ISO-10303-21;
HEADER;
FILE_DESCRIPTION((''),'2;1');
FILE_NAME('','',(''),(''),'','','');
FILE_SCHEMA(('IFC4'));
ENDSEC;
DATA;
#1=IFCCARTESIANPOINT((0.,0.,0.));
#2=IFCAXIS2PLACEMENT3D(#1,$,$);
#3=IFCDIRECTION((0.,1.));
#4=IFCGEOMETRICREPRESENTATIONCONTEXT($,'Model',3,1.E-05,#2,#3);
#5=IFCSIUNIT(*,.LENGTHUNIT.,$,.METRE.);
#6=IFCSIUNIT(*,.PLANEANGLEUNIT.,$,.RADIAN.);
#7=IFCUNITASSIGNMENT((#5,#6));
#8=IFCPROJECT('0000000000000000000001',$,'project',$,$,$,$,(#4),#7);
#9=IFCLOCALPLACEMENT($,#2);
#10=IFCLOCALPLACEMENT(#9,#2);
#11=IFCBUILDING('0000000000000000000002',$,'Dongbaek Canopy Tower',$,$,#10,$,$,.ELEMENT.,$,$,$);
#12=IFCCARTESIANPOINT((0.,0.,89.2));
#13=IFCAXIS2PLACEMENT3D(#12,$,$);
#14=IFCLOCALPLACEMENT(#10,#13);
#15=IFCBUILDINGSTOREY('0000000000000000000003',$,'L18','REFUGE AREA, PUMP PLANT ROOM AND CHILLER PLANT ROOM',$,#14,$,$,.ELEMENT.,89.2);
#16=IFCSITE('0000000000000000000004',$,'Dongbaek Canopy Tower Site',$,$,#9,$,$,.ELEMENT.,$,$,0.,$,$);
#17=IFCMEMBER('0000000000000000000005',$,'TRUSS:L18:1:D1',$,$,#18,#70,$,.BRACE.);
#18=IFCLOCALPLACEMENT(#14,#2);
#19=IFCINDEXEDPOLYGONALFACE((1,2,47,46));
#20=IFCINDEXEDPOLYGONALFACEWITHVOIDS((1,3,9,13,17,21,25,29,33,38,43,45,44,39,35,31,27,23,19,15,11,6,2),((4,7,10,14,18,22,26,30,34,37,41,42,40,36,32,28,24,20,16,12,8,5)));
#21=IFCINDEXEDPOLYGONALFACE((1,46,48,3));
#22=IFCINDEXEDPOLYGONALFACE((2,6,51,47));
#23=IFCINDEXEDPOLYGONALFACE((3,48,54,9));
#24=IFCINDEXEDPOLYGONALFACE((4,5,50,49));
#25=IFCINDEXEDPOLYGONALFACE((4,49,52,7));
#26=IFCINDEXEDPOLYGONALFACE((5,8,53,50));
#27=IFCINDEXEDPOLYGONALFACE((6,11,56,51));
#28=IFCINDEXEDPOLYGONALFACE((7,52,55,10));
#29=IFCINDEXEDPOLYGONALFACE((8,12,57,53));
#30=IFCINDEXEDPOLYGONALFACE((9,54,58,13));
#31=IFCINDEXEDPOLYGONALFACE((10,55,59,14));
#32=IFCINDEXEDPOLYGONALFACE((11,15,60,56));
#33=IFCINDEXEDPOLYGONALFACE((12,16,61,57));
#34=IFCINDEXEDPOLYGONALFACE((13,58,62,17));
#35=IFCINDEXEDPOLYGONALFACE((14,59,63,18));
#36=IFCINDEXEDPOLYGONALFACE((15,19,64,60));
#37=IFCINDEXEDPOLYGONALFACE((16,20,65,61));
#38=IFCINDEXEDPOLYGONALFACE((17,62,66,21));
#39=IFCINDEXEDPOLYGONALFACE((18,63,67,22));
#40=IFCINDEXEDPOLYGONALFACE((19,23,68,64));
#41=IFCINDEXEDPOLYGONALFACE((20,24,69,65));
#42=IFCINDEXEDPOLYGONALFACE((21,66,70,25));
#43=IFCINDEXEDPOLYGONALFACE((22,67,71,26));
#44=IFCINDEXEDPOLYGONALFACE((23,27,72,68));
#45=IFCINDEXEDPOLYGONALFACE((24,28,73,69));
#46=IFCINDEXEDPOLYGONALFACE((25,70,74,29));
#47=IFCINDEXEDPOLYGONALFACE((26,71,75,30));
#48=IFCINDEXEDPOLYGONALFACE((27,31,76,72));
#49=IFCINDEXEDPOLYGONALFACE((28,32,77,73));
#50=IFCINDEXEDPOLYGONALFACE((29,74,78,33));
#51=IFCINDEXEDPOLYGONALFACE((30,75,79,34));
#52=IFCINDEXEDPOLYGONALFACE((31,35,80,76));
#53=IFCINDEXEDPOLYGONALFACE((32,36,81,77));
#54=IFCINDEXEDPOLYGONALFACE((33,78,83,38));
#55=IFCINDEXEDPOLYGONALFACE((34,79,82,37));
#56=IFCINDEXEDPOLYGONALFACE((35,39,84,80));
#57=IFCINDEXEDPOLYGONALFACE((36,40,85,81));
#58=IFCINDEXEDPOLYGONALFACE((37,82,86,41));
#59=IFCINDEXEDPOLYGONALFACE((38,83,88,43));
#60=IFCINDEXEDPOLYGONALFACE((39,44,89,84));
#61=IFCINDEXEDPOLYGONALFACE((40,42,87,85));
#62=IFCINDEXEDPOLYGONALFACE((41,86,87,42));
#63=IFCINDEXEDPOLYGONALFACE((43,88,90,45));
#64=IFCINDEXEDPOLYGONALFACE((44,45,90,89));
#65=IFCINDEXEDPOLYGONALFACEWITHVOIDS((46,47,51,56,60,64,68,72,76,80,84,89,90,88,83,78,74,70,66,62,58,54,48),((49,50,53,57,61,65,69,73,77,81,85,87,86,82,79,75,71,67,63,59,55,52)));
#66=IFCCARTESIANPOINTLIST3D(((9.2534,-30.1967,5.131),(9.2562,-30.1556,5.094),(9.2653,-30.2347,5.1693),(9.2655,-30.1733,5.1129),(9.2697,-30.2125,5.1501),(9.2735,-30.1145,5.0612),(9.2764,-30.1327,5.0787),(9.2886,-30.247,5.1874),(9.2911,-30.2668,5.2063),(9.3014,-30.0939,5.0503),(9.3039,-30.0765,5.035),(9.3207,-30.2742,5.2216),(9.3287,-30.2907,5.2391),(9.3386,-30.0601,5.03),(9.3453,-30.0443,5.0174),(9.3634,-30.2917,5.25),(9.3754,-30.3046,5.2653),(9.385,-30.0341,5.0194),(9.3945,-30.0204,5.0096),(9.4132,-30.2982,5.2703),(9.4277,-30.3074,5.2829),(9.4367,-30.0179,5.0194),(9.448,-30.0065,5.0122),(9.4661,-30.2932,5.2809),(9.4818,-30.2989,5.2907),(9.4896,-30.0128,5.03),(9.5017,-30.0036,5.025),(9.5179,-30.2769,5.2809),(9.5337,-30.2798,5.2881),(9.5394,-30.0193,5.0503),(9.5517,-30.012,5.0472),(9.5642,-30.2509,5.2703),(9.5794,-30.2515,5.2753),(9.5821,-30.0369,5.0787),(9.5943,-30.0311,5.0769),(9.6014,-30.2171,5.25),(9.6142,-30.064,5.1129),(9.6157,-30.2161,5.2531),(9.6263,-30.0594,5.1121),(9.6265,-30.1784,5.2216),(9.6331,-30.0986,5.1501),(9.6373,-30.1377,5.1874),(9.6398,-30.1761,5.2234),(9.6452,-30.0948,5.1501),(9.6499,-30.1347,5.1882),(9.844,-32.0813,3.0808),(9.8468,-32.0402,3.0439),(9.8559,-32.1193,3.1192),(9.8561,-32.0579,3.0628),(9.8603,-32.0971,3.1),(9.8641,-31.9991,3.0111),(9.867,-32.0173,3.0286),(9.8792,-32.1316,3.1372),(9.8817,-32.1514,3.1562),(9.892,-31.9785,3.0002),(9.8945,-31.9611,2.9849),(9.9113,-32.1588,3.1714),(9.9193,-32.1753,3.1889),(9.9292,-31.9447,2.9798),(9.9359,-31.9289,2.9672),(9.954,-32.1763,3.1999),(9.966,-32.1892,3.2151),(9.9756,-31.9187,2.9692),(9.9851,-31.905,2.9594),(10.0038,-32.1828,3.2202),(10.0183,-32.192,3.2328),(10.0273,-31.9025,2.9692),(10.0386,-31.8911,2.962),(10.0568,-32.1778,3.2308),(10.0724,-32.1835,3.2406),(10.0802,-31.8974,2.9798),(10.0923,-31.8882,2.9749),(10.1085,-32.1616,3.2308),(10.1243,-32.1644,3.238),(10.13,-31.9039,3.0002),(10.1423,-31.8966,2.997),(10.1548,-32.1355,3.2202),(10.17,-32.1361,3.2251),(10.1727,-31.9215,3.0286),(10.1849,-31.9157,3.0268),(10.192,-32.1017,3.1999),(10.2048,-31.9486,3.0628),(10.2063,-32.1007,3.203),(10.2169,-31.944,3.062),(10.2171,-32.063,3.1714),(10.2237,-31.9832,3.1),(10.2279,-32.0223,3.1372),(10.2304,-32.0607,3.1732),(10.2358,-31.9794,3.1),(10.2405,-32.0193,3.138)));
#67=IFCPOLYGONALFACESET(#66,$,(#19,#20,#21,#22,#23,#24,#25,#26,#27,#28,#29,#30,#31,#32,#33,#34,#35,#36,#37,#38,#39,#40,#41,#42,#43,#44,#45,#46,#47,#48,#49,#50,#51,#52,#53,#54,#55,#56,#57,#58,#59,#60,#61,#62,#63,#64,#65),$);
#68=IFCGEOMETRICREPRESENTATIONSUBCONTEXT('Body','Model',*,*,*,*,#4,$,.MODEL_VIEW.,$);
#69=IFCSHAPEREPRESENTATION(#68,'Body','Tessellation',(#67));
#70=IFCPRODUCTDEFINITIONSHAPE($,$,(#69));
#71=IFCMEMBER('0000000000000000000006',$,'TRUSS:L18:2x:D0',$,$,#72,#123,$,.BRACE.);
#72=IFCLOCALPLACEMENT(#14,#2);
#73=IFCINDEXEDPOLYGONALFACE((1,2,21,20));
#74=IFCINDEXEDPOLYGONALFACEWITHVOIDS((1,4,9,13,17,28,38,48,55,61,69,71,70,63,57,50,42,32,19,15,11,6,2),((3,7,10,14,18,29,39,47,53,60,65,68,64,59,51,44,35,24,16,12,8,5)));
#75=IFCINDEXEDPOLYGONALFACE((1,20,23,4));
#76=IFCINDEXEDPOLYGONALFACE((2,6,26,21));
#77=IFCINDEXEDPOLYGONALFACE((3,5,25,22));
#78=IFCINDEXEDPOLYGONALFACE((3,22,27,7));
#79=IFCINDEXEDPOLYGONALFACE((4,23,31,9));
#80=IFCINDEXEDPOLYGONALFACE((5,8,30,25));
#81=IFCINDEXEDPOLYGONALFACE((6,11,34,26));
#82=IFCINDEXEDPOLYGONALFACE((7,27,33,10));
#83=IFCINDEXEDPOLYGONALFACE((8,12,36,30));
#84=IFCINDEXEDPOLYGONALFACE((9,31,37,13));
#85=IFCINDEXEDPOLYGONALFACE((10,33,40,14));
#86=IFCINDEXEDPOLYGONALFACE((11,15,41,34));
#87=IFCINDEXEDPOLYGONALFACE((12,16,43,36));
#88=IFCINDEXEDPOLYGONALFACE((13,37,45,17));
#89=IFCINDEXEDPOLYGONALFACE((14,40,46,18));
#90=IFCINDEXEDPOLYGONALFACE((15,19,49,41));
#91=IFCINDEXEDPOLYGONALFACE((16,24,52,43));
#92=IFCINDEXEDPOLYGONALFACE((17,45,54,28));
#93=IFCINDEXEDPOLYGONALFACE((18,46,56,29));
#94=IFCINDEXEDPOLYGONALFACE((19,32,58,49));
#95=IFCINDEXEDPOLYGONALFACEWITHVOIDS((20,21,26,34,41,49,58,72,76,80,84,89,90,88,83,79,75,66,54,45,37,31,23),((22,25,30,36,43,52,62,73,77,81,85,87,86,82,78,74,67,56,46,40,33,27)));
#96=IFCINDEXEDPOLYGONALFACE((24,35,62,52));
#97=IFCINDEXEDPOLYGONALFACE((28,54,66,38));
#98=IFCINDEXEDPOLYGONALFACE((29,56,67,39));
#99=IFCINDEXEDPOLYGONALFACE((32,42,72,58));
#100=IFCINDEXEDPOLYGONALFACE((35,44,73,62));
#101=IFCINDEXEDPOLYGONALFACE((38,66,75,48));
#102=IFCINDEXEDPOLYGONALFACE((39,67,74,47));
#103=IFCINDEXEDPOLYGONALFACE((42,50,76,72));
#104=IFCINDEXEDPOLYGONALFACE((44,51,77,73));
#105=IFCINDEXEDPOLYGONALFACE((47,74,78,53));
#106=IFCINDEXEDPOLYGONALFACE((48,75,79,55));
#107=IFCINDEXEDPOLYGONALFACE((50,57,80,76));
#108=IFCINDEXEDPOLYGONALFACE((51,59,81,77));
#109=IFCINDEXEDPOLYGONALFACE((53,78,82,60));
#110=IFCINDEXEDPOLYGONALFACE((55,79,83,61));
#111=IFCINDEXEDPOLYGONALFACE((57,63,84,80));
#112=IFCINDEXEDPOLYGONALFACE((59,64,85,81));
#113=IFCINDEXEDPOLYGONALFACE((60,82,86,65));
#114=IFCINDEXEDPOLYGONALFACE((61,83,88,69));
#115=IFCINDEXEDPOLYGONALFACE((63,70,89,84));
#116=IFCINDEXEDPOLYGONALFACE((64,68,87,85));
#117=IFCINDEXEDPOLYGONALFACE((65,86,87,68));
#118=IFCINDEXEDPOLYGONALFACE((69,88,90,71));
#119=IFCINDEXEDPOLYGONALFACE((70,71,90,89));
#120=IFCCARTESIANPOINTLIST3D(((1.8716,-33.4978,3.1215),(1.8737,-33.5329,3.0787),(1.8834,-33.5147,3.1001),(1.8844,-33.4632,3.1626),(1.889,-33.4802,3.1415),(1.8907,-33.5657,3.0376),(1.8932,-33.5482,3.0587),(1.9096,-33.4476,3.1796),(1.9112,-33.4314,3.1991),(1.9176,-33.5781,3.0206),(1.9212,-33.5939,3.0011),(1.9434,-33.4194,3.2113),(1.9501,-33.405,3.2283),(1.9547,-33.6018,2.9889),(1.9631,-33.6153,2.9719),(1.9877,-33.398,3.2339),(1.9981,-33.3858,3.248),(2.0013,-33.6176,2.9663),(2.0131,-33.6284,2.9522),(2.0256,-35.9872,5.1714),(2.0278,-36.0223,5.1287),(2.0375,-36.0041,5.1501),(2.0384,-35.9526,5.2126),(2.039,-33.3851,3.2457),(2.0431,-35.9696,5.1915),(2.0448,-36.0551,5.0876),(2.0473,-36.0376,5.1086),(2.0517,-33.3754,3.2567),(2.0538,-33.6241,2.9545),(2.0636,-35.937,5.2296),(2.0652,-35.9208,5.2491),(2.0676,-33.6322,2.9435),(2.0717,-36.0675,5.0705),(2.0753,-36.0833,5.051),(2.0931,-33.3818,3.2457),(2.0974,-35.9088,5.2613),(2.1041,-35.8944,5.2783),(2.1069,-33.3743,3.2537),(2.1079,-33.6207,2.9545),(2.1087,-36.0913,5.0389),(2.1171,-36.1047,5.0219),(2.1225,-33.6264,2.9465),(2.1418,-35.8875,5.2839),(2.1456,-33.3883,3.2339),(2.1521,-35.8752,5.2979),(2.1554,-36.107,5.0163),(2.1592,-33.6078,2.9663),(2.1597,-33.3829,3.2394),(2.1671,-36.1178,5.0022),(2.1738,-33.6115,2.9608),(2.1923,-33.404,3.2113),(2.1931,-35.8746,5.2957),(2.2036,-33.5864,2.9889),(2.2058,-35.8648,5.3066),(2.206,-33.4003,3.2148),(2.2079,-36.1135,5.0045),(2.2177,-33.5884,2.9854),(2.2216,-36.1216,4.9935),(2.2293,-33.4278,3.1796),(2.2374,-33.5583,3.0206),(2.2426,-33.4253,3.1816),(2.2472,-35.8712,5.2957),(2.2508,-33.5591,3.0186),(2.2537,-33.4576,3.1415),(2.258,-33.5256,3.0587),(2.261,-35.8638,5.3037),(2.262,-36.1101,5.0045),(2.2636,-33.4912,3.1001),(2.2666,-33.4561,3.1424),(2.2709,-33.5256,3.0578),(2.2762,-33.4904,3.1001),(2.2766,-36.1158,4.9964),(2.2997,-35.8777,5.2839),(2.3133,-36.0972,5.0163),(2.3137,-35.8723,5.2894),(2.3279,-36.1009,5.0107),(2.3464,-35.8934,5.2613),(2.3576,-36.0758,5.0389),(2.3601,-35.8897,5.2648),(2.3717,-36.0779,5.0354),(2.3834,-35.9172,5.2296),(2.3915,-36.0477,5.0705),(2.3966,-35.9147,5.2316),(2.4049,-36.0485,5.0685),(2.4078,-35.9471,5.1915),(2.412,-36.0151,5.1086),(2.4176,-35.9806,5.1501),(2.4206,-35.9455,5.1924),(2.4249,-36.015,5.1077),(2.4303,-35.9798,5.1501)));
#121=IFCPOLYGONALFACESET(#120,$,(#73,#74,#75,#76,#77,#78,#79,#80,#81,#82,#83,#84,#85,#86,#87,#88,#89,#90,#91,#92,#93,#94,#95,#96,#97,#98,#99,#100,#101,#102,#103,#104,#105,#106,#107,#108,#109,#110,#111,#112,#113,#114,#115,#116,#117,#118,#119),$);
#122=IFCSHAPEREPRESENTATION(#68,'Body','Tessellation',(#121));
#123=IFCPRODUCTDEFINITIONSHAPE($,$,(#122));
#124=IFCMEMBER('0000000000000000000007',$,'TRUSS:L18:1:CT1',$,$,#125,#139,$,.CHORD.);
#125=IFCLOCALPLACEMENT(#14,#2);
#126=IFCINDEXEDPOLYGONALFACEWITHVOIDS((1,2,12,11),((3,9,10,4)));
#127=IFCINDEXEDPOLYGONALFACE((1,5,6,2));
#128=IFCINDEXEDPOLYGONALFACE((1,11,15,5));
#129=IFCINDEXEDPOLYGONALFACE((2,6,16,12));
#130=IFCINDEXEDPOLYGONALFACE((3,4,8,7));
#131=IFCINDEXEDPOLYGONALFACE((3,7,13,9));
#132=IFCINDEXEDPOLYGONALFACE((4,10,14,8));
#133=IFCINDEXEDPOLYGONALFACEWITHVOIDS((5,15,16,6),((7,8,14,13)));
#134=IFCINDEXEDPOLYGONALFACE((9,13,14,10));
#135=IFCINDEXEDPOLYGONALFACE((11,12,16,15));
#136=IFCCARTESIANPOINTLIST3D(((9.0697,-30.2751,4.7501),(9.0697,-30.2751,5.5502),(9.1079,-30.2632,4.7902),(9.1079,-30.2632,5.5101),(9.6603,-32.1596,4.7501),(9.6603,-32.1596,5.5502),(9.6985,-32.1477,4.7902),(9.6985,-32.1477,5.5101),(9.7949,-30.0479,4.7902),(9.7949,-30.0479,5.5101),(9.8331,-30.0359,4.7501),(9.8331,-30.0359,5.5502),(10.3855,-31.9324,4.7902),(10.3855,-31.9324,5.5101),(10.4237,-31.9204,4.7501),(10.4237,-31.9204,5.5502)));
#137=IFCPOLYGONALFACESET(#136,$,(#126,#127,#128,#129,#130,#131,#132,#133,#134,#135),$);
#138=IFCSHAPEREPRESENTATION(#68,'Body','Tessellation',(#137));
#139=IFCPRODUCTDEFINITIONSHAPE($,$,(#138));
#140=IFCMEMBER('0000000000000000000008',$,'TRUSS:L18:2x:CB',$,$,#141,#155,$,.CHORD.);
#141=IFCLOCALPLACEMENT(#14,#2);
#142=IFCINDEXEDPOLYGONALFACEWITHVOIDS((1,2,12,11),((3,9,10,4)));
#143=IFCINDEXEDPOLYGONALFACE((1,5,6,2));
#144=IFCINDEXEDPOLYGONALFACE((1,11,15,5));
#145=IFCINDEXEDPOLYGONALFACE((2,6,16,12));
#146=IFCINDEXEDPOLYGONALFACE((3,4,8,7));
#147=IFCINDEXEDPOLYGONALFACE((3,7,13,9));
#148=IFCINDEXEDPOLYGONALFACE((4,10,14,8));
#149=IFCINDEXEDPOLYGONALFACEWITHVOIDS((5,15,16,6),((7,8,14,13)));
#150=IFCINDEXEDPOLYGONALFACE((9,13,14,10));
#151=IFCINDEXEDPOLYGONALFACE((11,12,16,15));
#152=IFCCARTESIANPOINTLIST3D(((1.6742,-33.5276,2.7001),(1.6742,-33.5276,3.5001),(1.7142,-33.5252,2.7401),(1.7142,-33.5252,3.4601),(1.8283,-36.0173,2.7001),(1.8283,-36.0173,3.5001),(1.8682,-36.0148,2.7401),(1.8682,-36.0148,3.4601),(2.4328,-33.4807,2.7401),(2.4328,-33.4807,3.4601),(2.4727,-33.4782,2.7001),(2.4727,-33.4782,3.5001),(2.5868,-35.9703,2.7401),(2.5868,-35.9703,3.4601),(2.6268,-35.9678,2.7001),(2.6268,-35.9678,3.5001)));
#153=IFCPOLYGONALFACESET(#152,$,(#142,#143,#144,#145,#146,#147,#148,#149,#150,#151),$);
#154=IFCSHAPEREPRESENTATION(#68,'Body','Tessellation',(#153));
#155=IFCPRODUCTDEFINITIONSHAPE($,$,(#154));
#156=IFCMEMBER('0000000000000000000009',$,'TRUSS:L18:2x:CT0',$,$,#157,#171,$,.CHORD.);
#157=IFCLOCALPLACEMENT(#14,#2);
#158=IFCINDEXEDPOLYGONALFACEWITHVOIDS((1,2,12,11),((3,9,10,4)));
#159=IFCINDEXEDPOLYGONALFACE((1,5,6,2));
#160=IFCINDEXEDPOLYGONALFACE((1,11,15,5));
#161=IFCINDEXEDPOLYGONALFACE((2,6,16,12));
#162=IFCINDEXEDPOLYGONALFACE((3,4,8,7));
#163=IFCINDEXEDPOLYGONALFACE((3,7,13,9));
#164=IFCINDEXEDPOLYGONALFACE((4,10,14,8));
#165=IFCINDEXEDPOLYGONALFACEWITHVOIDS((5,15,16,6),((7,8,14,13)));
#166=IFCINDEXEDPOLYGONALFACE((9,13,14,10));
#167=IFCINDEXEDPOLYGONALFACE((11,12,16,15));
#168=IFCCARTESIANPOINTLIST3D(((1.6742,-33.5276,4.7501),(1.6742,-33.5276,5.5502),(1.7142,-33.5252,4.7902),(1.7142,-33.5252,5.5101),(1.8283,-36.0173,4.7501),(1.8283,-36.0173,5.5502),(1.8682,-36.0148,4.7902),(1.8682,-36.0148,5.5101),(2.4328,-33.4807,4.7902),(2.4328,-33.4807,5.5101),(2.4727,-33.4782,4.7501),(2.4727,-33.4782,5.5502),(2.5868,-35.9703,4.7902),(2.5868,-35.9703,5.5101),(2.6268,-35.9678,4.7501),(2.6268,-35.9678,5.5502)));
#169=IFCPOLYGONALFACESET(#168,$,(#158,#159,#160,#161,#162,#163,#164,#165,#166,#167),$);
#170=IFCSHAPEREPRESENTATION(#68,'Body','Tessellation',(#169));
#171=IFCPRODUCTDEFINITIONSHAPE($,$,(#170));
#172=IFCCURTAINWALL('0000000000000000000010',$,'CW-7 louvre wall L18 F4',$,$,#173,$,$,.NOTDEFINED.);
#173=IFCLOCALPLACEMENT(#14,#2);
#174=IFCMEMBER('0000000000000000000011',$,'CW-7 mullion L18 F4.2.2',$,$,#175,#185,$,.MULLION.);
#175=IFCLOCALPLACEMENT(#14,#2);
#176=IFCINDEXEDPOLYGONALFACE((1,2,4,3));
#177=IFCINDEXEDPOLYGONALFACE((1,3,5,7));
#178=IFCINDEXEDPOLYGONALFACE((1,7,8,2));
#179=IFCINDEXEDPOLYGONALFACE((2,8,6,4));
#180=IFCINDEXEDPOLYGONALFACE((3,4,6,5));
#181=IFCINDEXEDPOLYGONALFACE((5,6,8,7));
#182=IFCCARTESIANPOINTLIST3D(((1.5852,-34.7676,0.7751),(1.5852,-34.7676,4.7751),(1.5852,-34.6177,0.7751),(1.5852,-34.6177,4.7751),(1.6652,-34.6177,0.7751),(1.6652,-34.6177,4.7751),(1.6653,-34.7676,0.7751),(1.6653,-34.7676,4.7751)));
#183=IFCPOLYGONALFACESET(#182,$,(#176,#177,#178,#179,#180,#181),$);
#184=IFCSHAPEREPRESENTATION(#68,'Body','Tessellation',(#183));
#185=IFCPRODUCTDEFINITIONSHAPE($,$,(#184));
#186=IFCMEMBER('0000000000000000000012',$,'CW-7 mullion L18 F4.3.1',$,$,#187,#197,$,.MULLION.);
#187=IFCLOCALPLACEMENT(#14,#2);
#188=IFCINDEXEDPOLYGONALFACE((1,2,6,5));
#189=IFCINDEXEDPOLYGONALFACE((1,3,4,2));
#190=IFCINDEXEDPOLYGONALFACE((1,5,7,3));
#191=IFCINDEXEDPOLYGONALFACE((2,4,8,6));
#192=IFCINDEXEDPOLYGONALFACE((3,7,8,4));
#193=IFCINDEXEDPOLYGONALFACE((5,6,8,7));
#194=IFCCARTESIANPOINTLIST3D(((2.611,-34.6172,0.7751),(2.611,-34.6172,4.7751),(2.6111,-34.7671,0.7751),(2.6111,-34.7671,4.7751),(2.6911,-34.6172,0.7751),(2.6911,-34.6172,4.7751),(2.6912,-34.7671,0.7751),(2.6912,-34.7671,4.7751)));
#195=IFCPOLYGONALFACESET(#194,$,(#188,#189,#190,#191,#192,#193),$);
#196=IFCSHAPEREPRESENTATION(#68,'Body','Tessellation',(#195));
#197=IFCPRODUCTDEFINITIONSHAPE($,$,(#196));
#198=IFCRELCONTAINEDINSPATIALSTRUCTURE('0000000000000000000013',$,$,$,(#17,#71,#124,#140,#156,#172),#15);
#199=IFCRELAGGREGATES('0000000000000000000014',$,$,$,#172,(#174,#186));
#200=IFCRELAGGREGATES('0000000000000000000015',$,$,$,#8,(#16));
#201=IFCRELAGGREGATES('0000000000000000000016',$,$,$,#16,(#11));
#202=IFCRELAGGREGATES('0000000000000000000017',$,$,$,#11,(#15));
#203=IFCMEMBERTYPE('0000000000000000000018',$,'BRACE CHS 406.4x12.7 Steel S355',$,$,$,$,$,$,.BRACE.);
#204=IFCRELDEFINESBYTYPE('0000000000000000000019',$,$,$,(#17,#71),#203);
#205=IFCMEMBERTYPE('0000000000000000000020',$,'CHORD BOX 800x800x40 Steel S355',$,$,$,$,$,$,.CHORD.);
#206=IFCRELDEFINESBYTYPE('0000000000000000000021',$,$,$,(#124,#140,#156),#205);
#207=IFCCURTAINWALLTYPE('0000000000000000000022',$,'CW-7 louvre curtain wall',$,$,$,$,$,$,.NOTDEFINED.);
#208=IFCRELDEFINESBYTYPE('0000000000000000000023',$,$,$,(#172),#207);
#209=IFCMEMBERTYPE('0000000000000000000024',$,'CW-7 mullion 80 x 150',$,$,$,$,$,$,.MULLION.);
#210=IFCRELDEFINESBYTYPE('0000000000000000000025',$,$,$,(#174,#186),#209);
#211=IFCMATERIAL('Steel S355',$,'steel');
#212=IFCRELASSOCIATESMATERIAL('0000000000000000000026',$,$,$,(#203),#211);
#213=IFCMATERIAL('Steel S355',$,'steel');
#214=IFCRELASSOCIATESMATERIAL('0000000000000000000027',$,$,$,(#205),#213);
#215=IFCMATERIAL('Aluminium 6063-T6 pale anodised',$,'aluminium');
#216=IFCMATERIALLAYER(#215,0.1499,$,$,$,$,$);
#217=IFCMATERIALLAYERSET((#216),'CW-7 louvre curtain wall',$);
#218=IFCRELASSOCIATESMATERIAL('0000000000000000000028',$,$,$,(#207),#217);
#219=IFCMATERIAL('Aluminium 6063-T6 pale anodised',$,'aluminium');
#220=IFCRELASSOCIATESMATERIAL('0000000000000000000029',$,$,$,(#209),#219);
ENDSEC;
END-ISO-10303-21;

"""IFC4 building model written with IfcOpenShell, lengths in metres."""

from ifc_helpers import new_model, si_unit, direction, frame, origin, origin_2d, place, context, subcontext, project, spatial, rectangle, hollow_rectangle, hollow_circle, extrude, material, layer, layer_set, material_profile, profile_set, type_object, element, aggregate, save


model = new_model("IFC4")

# Units and contexts
model_context = context("Model", 3, precision=1e-05, world=origin(), true_north=direction((0.0, 1.0)))
body_context = subcontext(model_context, "Body", "Model", "MODEL_VIEW")
ifc_project = project(units=[si_unit("LENGTHUNIT", "METRE"), si_unit("PLANEANGLEUNIT", "RADIAN")], contexts=[model_context])

# Site, building, storey
site_placement = place(None, origin())
site = spatial("IfcSite", under=ifc_project, at=site_placement, Name="Dongbaek Canopy Tower Site", CompositionType="ELEMENT", RefElevation=0.0)
building_placement = place(site_placement, origin())
building = spatial("IfcBuilding", under=site, at=building_placement, Name="Dongbaek Canopy Tower", CompositionType="ELEMENT")
storey_placement = place(building_placement, frame((0.0, 0.0, 89.2)))
storey = spatial("IfcBuildingStorey", under=building, at=storey_placement, Name="L18", Description="REFUGE AREA, PUMP PLANT ROOM AND CHILLER PLANT ROOM", CompositionType="ELEMENT", Elevation=89.2)

# Members
ifc_material_1 = material(Name="Steel S355", Category="steel")
ifc_material_profile_1 = material_profile(ifc_material_1, hollow_circle(Radius=0.2031, WallThickness=0.0127, at=origin_2d()), Name="BRACE CHS 406.4x12.7 Steel S355")
ifc_profile_set_1 = profile_set([ifc_material_profile_1], Name="Steel S355")
member_type_1 = type_object("IfcMemberType", Name="BRACE CHS 406.4x12.7 Steel S355", PredefinedType="BRACE", material=ifc_profile_set_1)
member_1_placement = place(storey_placement, frame((9.4514, -30.1555, 5.1501), z_axis=(0.20747, -0.662035, -0.720185), x_axis=(0.95424, 0.299042, 0.0)))
element("IfcMember", 1, at=member_1_placement, inside=storey, type_object=member_type_1, Name="TRUSS:L18:1:D1", PredefinedType="BRACE", context=body_context, shape_type="SweptSolid", body=[
    extrude(hollow_circle(Radius=0.2031, WallThickness=0.0127, at=origin_2d()), origin(), (0.0, 0.0, 1.0), 2.8467),
])
member_2_placement = place(storey_placement, frame((2.0735, -33.5029, 3.1001), z_axis=(0.047715, -0.771071, 0.634959), x_axis=(0.998091, 0.061763, 0.0)))
element("IfcMember", 2, at=member_2_placement, inside=storey, type_object=member_type_1, Name="TRUSS:L18:2x:D0", PredefinedType="BRACE", context=body_context, shape_type="SweptSolid", body=[
    extrude(hollow_circle(Radius=0.2031, WallThickness=0.0127, at=origin_2d()), origin(), (0.0, 0.0, 1.0), 3.2285),
])
ifc_material_2 = material(Name="Steel S355", Category="steel")
ifc_material_profile_2 = material_profile(ifc_material_2, hollow_rectangle(XDim=0.8, YDim=0.8, WallThickness=0.04, at=origin_2d()), Name="CHORD BOX 800x800x40 Steel S355")
ifc_profile_set_2 = profile_set([ifc_material_profile_2], Name="Steel S355")
member_type_2 = type_object("IfcMemberType", Name="CHORD BOX 800x800x40 Steel S355", PredefinedType="CHORD", material=ifc_profile_set_2)
member_3_placement = place(storey_placement, frame((9.4514, -30.1555, 5.1501), z_axis=(0.299042, -0.95424, 0.0), x_axis=(0.95424, 0.299042, 0.0)))
element("IfcMember", 3, at=member_3_placement, inside=storey, type_object=member_type_2, Name="TRUSS:L18:1:CT1", PredefinedType="CHORD", context=body_context, shape_type="SweptSolid", body=[
    extrude(hollow_rectangle(XDim=0.8, YDim=0.8, WallThickness=0.04, at=origin_2d()), origin(), (0.0, 0.0, 1.0), 1.9749),
])
for number, where, z_axis, x_axis, name in (
    (4, (2.0735, -33.5029, 3.1001), (0.061763, -0.998091, 0.0), (0.998091, 0.061763, 0.0), "TRUSS:L18:2x:CB"),
    (5, (2.0735, -33.5029, 5.1501), (0.061763, -0.998091, 0.0), (0.998091, 0.061763, 0.0), "TRUSS:L18:2x:CT0"),
):
    element("IfcMember", number, at=place(storey_placement, frame(where, z_axis=z_axis, x_axis=x_axis)), inside=storey, type_object=member_type_2, Name=name, PredefinedType="CHORD", context=body_context, shape_type="SweptSolid", body=[
        extrude(hollow_rectangle(XDim=0.8, YDim=0.8, WallThickness=0.04, at=origin_2d()), origin(), (0.0, 0.0, 1.0), 2.4944),
    ])

# Curtain wall, members
ifc_material_3 = material(Name="Aluminium 6063-T6 pale anodised", Category="aluminium")
ifc_layer_1 = layer(ifc_material_3, 0.1499)
ifc_layer_set_1 = layer_set([ifc_layer_1], Name="CW-7 louvre curtain wall")
curtain_wall_type = type_object("IfcCurtainWallType", Name="CW-7 louvre curtain wall", PredefinedType="NOTDEFINED", material=ifc_layer_set_1)
curtain_wall_placement = place(storey_placement, origin())
curtain_wall = element("IfcCurtainWall", 6, at=curtain_wall_placement, inside=storey, type_object=curtain_wall_type, Name="CW-7 louvre wall L18 F4", PredefinedType="NOTDEFINED")
ifc_material_4 = material(Name="Aluminium 6063-T6 pale anodised", Category="aluminium")
ifc_material_profile_3 = material_profile(ifc_material_4, rectangle(XDim=0.1499, YDim=0.0801, at=origin_2d()), Name="CW-7 mullion 80 x 150")
ifc_profile_set_3 = profile_set([ifc_material_profile_3], Name="Aluminium 6063-T6 pale anodised")
member_type_3 = type_object("IfcMemberType", Name="CW-7 mullion 80 x 150", PredefinedType="MULLION", material=ifc_profile_set_3)
member_4_placement = place(storey_placement, frame((1.6252, -34.6926, 0.7751), z_axis=(0.0, 0.0, 1.0), x_axis=(0.000524, -1.0, 0.0)))
member_4 = element("IfcMember", 7, at=member_4_placement, type_object=member_type_3, Name="CW-7 mullion L18 F4.2.2", PredefinedType="MULLION", context=body_context, shape_type="SweptSolid", body=[
    extrude(rectangle(XDim=0.1499, YDim=0.0801, at=origin_2d()), origin(), (0.0, 0.0, 1.0), 4.0),
])
member_5_placement = place(storey_placement, frame((2.6511, -34.6921, 0.7751), z_axis=(0.0, 0.0, 1.0), x_axis=(0.000524, -1.0, 0.0)))
member_5 = element("IfcMember", 8, at=member_5_placement, type_object=member_type_3, Name="CW-7 mullion L18 F4.3.1", PredefinedType="MULLION", context=body_context, shape_type="SweptSolid", body=[
    extrude(rectangle(XDim=0.1499, YDim=0.0801, at=origin_2d()), origin(), (0.0, 0.0, 1.0), 4.0),
])

aggregate(curtain_wall, [member_4, member_5])

save(model, "model.ifc")
